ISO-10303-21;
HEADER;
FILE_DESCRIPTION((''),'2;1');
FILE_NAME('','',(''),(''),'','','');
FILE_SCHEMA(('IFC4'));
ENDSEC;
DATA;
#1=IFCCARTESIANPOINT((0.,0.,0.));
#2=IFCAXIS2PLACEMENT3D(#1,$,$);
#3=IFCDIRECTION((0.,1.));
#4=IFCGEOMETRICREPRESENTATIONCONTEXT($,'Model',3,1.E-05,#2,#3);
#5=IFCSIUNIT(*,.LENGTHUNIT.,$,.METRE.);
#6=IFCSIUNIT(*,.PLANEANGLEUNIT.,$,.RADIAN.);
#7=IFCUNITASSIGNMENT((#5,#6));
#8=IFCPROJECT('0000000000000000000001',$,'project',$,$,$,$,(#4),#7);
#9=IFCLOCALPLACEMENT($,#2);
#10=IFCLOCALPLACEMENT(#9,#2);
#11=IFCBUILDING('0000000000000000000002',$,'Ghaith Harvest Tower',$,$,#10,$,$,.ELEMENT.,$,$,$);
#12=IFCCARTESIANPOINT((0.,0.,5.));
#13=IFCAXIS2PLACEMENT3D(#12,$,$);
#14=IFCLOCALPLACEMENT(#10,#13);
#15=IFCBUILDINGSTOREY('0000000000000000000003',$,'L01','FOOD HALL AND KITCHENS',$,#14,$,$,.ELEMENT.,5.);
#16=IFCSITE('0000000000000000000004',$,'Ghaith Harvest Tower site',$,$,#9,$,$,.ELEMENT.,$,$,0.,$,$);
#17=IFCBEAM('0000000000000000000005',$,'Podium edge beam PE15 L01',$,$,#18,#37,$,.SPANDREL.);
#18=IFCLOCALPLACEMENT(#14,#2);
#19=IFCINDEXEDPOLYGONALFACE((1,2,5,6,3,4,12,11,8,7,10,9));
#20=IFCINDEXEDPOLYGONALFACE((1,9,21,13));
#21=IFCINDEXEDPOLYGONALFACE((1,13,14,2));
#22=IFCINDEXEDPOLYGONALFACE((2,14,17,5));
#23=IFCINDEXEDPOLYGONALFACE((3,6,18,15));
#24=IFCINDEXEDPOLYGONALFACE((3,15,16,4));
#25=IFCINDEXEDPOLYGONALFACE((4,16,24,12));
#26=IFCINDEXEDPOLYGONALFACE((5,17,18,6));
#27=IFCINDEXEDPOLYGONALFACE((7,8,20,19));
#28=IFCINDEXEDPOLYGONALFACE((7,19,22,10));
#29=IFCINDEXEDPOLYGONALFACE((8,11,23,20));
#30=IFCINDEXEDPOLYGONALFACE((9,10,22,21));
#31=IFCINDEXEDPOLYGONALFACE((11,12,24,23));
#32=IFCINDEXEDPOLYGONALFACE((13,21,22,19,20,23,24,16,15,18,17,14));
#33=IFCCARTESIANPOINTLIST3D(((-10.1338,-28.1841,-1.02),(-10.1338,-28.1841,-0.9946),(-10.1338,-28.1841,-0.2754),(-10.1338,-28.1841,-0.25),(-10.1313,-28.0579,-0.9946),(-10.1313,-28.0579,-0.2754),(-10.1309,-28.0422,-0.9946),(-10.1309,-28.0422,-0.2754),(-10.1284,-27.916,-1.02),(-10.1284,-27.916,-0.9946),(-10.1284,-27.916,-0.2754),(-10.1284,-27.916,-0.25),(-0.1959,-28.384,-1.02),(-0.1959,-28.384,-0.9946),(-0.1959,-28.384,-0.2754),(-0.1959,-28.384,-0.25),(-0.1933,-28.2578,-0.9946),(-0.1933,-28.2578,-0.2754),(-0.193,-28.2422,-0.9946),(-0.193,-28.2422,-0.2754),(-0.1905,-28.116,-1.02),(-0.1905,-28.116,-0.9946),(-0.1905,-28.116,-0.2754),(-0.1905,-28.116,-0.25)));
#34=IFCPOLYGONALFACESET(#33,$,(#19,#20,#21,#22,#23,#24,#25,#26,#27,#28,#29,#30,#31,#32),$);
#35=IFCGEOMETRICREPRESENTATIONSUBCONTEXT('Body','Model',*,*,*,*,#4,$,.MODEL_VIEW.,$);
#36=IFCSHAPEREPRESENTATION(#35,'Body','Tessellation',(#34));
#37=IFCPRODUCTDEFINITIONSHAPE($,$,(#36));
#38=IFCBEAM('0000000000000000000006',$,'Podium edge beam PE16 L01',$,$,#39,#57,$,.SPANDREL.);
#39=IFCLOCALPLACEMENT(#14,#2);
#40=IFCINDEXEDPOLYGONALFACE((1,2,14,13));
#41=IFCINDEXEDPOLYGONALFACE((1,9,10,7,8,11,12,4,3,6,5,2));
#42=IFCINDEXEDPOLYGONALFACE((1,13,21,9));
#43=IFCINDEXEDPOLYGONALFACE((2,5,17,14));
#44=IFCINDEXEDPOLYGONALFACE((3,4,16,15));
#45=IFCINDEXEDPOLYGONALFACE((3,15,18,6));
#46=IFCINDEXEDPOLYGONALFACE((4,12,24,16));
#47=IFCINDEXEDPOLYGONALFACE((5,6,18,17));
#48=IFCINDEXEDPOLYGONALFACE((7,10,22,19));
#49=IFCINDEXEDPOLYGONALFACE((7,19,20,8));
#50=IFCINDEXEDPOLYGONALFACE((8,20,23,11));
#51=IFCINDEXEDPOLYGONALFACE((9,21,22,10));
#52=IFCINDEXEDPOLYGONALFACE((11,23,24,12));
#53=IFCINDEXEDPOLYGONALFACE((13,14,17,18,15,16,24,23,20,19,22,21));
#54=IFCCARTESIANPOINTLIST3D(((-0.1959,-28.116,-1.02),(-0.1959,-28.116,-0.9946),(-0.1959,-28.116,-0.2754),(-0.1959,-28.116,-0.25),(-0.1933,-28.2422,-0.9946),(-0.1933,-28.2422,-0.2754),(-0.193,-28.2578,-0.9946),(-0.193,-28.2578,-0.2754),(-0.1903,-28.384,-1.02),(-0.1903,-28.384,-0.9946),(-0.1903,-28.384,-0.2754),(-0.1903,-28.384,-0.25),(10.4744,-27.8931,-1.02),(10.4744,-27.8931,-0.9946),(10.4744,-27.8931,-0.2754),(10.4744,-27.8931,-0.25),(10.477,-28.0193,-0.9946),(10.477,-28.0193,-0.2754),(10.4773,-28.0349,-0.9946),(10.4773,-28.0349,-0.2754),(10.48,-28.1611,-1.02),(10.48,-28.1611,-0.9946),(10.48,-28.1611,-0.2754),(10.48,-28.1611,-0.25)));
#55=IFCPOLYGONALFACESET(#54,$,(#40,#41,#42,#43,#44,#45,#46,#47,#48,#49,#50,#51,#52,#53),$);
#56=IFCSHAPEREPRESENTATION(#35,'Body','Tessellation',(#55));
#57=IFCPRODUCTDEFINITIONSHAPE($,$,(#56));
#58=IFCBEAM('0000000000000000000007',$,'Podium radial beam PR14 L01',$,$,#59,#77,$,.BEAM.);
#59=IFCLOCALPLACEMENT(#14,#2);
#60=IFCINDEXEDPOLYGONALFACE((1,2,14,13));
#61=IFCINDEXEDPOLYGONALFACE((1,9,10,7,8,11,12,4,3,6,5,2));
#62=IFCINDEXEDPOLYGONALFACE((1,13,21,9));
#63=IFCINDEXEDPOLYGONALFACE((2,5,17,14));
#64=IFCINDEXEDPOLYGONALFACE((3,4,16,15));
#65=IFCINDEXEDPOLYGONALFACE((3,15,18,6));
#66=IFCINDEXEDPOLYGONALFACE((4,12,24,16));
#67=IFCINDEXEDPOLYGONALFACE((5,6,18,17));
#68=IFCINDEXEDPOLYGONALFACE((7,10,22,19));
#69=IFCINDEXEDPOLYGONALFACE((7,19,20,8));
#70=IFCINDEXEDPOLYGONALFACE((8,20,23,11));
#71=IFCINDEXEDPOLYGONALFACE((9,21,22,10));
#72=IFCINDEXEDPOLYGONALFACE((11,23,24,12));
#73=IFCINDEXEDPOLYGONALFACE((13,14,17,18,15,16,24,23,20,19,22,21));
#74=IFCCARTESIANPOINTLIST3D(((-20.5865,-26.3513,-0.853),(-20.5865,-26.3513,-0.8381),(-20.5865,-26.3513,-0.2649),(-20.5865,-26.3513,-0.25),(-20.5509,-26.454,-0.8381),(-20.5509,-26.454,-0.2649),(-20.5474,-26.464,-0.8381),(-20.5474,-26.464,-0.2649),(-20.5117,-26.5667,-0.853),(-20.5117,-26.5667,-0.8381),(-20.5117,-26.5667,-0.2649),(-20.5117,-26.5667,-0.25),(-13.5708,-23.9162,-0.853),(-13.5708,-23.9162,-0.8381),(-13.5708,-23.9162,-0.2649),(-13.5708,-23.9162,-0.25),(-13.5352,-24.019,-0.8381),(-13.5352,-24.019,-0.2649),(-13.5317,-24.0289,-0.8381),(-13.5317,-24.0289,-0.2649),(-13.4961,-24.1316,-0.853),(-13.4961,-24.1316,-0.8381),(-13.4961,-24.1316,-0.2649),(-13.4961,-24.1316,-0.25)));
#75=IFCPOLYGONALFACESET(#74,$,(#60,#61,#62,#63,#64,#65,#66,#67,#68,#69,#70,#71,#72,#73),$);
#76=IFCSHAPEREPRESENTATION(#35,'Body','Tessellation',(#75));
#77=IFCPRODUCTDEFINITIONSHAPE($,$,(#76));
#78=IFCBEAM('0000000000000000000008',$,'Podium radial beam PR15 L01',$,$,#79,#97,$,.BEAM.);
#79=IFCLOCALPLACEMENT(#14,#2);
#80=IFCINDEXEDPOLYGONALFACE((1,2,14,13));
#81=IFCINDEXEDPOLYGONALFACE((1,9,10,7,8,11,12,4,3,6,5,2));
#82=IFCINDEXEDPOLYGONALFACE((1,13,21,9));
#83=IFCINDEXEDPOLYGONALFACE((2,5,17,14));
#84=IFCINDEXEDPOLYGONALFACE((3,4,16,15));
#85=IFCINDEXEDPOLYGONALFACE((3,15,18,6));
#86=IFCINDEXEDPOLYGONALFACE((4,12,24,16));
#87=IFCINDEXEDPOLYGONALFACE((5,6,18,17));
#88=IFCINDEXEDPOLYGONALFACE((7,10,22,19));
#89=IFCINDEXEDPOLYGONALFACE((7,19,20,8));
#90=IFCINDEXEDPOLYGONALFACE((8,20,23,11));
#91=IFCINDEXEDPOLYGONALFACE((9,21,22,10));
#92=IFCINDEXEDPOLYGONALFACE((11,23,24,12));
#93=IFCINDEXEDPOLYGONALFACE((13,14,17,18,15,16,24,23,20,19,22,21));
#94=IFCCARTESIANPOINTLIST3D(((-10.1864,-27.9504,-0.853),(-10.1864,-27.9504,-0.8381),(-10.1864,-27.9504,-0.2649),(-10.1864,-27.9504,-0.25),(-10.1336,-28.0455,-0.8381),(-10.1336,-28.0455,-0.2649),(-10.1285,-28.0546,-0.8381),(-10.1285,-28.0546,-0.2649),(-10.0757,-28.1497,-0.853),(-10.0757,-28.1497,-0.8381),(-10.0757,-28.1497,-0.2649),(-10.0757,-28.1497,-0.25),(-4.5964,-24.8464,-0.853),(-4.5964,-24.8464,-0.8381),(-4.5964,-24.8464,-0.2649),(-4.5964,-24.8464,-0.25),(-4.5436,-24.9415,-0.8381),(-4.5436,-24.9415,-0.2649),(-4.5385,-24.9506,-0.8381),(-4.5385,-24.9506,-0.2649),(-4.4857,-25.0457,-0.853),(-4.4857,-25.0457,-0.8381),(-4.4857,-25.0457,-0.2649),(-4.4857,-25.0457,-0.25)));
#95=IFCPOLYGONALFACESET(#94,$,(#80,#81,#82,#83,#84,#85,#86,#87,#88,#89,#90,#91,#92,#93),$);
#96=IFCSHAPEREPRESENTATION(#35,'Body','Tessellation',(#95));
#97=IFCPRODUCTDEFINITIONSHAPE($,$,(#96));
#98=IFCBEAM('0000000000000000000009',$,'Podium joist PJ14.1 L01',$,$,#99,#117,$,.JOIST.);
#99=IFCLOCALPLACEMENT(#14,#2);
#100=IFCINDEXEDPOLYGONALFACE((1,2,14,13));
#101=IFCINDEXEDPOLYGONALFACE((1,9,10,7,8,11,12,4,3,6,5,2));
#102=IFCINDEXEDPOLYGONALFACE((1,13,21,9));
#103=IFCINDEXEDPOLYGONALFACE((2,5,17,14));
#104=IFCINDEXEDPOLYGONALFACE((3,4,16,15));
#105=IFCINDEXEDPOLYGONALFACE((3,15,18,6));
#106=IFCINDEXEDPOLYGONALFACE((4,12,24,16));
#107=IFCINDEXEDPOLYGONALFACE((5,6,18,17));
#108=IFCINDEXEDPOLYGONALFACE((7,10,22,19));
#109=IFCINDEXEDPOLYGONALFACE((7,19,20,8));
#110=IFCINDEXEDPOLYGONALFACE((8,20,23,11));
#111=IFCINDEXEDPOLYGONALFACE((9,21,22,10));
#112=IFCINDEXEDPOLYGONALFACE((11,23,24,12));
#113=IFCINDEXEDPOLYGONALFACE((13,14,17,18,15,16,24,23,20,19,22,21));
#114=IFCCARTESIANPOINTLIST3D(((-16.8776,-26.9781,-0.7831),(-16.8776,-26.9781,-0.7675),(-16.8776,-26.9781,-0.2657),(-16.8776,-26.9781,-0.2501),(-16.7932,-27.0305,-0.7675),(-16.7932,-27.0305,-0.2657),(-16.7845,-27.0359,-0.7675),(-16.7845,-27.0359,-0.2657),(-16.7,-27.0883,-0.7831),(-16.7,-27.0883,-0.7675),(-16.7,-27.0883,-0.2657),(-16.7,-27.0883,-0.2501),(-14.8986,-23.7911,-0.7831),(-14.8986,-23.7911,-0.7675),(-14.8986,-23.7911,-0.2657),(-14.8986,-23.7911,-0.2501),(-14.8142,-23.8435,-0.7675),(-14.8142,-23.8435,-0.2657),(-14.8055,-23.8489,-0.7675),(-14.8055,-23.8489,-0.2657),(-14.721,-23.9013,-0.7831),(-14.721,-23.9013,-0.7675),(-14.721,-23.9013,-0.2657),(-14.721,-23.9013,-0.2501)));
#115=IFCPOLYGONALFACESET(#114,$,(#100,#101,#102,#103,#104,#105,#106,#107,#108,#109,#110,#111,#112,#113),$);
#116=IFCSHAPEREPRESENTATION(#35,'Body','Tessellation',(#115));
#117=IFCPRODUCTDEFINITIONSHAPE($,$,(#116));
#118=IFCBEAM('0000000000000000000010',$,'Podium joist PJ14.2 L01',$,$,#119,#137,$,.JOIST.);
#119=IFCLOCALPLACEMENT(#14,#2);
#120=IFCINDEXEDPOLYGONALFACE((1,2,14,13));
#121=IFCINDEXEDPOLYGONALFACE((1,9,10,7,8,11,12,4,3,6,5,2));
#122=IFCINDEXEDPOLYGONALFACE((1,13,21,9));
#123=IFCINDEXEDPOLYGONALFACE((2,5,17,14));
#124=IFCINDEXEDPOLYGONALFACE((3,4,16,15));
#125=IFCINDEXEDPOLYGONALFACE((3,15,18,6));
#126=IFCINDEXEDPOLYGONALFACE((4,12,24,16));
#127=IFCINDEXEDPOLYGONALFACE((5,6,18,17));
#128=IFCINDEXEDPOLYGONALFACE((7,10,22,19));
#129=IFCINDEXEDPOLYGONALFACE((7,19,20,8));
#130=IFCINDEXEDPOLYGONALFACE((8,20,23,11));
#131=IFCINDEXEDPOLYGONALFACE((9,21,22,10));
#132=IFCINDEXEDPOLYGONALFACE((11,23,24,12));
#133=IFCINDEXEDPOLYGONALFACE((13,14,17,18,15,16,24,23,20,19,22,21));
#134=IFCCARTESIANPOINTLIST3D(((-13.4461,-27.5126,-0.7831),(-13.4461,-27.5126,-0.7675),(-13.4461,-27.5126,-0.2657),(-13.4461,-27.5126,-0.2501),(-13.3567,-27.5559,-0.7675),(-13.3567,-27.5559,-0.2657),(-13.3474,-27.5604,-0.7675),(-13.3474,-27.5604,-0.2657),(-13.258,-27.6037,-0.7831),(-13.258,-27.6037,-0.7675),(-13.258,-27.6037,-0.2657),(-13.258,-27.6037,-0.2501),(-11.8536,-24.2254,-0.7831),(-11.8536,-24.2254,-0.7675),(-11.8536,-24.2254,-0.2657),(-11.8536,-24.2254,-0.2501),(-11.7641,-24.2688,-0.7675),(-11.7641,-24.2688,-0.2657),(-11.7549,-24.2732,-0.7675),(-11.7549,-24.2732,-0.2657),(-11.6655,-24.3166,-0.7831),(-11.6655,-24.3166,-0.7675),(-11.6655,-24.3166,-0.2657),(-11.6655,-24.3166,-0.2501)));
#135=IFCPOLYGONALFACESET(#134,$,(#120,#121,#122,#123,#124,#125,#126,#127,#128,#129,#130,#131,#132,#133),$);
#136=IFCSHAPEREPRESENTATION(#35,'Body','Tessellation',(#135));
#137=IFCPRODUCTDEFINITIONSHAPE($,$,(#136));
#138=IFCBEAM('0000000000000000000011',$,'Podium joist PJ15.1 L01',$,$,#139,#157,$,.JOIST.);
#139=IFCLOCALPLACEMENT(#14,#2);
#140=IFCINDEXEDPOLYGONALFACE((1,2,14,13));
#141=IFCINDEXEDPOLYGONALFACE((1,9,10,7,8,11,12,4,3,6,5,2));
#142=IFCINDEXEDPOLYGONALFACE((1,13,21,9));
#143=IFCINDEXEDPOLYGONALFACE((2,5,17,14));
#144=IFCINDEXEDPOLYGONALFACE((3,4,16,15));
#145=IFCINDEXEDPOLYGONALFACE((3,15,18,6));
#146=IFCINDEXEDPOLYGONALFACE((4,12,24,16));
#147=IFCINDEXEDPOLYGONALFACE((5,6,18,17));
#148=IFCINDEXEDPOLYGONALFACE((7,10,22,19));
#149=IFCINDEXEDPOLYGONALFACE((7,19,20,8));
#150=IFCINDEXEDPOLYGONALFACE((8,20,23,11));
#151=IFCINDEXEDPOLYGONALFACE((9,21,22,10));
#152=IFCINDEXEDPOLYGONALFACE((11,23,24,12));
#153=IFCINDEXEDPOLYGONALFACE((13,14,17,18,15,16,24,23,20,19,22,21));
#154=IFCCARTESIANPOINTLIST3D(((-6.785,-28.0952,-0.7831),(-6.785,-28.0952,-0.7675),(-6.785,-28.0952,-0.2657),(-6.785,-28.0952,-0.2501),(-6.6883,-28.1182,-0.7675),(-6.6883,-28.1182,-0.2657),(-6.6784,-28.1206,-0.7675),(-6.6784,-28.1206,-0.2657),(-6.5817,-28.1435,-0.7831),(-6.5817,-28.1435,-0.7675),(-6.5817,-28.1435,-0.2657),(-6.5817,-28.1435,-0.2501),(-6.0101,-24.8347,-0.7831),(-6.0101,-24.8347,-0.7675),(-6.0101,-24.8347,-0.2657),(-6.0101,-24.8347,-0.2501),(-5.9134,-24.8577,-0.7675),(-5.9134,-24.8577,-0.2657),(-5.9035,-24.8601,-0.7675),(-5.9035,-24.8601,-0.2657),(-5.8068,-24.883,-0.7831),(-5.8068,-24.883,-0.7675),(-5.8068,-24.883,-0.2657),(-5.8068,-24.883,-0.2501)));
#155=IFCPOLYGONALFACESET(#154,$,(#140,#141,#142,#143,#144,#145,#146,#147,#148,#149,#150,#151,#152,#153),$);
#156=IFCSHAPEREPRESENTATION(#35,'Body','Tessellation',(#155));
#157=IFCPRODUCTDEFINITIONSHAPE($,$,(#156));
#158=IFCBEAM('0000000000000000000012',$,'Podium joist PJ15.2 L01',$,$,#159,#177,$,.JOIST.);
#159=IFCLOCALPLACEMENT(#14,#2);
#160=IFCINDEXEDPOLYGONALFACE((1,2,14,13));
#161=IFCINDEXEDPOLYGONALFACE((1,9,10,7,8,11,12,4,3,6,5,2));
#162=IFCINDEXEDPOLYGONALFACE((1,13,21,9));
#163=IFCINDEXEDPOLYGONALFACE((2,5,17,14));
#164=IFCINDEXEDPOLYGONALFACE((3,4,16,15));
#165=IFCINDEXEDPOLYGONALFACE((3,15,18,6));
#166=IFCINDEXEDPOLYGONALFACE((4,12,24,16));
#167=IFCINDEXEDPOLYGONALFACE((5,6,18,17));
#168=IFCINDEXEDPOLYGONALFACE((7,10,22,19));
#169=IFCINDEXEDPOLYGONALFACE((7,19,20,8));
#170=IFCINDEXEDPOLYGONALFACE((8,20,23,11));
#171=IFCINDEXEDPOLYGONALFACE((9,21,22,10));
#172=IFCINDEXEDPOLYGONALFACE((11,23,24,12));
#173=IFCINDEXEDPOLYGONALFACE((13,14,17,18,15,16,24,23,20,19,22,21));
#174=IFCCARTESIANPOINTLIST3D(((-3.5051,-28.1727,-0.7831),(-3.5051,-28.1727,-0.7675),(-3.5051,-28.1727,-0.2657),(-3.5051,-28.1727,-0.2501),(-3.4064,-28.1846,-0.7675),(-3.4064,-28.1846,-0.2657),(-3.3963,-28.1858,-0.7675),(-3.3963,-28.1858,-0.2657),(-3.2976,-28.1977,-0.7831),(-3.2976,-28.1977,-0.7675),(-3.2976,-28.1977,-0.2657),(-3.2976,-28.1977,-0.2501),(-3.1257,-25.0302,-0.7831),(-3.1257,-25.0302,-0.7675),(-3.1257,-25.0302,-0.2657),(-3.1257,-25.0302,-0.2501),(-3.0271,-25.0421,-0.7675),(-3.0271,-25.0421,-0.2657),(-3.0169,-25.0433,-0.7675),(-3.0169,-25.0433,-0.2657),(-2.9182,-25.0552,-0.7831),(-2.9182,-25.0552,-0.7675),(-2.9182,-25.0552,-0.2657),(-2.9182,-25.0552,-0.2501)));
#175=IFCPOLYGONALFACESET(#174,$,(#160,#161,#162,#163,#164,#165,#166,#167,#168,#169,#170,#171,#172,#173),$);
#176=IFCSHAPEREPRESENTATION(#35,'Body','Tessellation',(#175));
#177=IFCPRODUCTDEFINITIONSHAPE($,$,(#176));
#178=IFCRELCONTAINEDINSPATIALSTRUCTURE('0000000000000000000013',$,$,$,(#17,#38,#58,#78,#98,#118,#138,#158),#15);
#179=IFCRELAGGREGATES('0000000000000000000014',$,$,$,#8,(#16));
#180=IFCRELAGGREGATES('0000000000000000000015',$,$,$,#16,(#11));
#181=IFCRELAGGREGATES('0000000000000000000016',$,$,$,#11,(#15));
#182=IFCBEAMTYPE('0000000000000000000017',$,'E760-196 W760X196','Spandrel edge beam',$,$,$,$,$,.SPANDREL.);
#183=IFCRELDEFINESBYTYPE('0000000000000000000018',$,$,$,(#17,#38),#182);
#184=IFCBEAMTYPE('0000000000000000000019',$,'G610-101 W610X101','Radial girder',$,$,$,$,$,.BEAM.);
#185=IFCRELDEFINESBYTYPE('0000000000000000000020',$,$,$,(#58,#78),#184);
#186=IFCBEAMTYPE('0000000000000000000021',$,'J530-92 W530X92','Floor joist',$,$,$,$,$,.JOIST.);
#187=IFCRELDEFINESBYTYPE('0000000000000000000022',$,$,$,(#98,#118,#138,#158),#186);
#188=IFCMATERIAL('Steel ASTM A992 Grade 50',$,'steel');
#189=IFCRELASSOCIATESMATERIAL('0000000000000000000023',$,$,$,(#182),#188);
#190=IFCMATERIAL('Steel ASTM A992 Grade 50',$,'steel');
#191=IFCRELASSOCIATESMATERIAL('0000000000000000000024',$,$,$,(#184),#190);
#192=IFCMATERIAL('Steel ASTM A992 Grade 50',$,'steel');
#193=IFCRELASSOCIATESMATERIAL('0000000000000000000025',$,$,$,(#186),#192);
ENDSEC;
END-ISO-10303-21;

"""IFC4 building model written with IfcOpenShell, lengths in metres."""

from ifc_helpers import new_model, si_unit, direction, frame, origin, origin_2d, place, context, subcontext, project, spatial, i_section, extrude, material, material_profile, profile_set, type_object, element, save


model = new_model("IFC4")

# Units and contexts
model_context = context("Model", 3, precision=1e-05, world=origin(), true_north=direction((0.0, 1.0)))
body_context = subcontext(model_context, "Body", "Model", "MODEL_VIEW")
ifc_project = project(units=[si_unit("LENGTHUNIT", "METRE"), si_unit("PLANEANGLEUNIT", "RADIAN")], contexts=[model_context])

# Site, building, storey
site_placement = place(None, origin())
site = spatial("IfcSite", under=ifc_project, at=site_placement, Name="Ghaith Harvest Tower site", CompositionType="ELEMENT", RefElevation=0.0)
building_placement = place(site_placement, origin())
building = spatial("IfcBuilding", under=site, at=building_placement, Name="Ghaith Harvest Tower", CompositionType="ELEMENT")
storey_placement = place(building_placement, frame((0.0, 0.0, 5.0)))
storey = spatial("IfcBuildingStorey", under=building, at=storey_placement, Name="L01", Description="FOOD HALL AND KITCHENS", CompositionType="ELEMENT", Elevation=5.0)

# Beams
ifc_material_1 = material(Name="Steel ASTM A992 Grade 50", Category="steel")
ifc_material_profile_1 = material_profile(ifc_material_1, i_section(OverallWidth=0.2681, OverallDepth=0.77, WebThickness=0.0156, FlangeThickness=0.0254, at=origin_2d()), Name="W760X196")
ifc_profile_set_1 = profile_set([ifc_material_profile_1], Name="Steel ASTM A992 Grade 50")
beam_type_1 = type_object("IfcBeamType", Name="E760-196 W760X196", Description="Spandrel edge beam", PredefinedType="SPANDREL", material=ifc_profile_set_1)
beam_1_placement = place(storey_placement, frame((-10.1311, -28.05, -0.635), z_axis=(0.999798, -0.020116, 0.0), x_axis=(0.020116, 0.999798, 0.0)))
element("IfcBeam", 1, at=beam_1_placement, inside=storey, type_object=beam_type_1, Name="Podium edge beam PE15 L01", PredefinedType="SPANDREL", context=body_context, shape_type="SweptSolid", body=[
    extrude(i_section(OverallWidth=0.2681, OverallDepth=0.77, WebThickness=0.0156, FlangeThickness=0.0254, at=origin_2d()), origin(), (0.0, 0.0, 1.0), 9.9399),
])
beam_2_placement = place(storey_placement, frame((-0.1931, -28.25, -0.635), z_axis=(0.999782, 0.020886, 0.0), x_axis=(-0.020886, 0.999782, 0.0)))
element("IfcBeam", 2, at=beam_2_placement, inside=storey, type_object=beam_type_1, Name="Podium edge beam PE16 L01", PredefinedType="SPANDREL", context=body_context, shape_type="SweptSolid", body=[
    extrude(i_section(OverallWidth=0.2681, OverallDepth=0.77, WebThickness=0.0156, FlangeThickness=0.0254, at=origin_2d()), origin(), (0.0, 0.0, 1.0), 10.6726),
])
ifc_material_2 = material(Name="Steel ASTM A992 Grade 50", Category="steel")
ifc_material_profile_2 = material_profile(ifc_material_2, i_section(OverallWidth=0.228, OverallDepth=0.603, WebThickness=0.0105, FlangeThickness=0.0149, at=origin_2d()), Name="W610X101")
ifc_profile_set_2 = profile_set([ifc_material_profile_2], Name="Steel ASTM A992 Grade 50")
beam_type_2 = type_object("IfcBeamType", Name="G610-101 W610X101", Description="Radial girder", PredefinedType="BEAM", material=ifc_profile_set_2)
beam_3_placement = place(storey_placement, frame((-13.5334, -24.0239, -0.5515), z_axis=(-0.944712, -0.327901, 0.0), x_axis=(0.327901, -0.944712, 0.0)))
element("IfcBeam", 3, at=beam_3_placement, inside=storey, type_object=beam_type_2, Name="Podium radial beam PR14 L01", PredefinedType="BEAM", context=body_context, shape_type="SweptSolid", body=[
    extrude(i_section(OverallWidth=0.228, OverallDepth=0.603, WebThickness=0.0105, FlangeThickness=0.0149, at=origin_2d()), origin(), (0.0, 0.0, 1.0), 7.4263),
])
beam_4_placement = place(storey_placement, frame((-4.541, -24.946, -0.5515), z_axis=(-0.874264, -0.485452, 0.0), x_axis=(0.485452, -0.874264, 0.0)))
element("IfcBeam", 4, at=beam_4_placement, inside=storey, type_object=beam_type_2, Name="Podium radial beam PR15 L01", PredefinedType="BEAM", context=body_context, shape_type="SweptSolid", body=[
    extrude(i_section(OverallWidth=0.228, OverallDepth=0.603, WebThickness=0.0105, FlangeThickness=0.0149, at=origin_2d()), origin(), (0.0, 0.0, 1.0), 6.394),
])
ifc_material_3 = material(Name="Steel ASTM A992 Grade 50", Category="steel")
ifc_material_profile_3 = material_profile(ifc_material_3, i_section(OverallWidth=0.209, OverallDepth=0.533, WebThickness=0.0103, FlangeThickness=0.0156, at=origin_2d()), Name="W530X92")
ifc_profile_set_3 = profile_set([ifc_material_profile_3], Name="Steel ASTM A992 Grade 50")
beam_type_3 = type_object("IfcBeamType", Name="J530-92 W530X92", Description="Floor joist", PredefinedType="JOIST", material=ifc_profile_set_3)
beam_5_placement = place(storey_placement, frame((-14.8098, -23.8462, -0.5166), z_axis=(-0.527528, -0.849538, 0.0), x_axis=(0.849538, -0.527528, 0.0)))
element("IfcBeam", 5, at=beam_5_placement, inside=storey, type_object=beam_type_3, Name="Podium joist PJ14.1 L01", PredefinedType="JOIST", context=body_context, shape_type="SweptSolid", body=[
    extrude(i_section(OverallWidth=0.209, OverallDepth=0.533, WebThickness=0.0103, FlangeThickness=0.0156, at=origin_2d()), origin(), (0.0, 0.0, 1.0), 3.7515),
])
beam_6_placement = place(storey_placement, frame((-11.7595, -24.271, -0.5166), z_axis=(-0.436003, -0.899945, 0.0), x_axis=(0.899945, -0.436003, 0.0)))
element("IfcBeam", 6, at=beam_6_placement, inside=storey, type_object=beam_type_3, Name="Podium joist PJ14.2 L01", PredefinedType="JOIST", context=body_context, shape_type="SweptSolid", body=[
    extrude(i_section(OverallWidth=0.209, OverallDepth=0.533, WebThickness=0.0103, FlangeThickness=0.0156, at=origin_2d()), origin(), (0.0, 0.0, 1.0), 3.6526),
])
beam_7_placement = place(storey_placement, frame((-5.9084, -24.8589, -0.5166), z_axis=(-0.231223, -0.972901, 0.0), x_axis=(0.972901, -0.231223, 0.0)))
element("IfcBeam", 7, at=beam_7_placement, inside=storey, type_object=beam_type_3, Name="Podium joist PJ15.1 L01", PredefinedType="JOIST", context=body_context, shape_type="SweptSolid", body=[
    extrude(i_section(OverallWidth=0.209, OverallDepth=0.533, WebThickness=0.0103, FlangeThickness=0.0156, at=origin_2d()), origin(), (0.0, 0.0, 1.0), 3.3513),
])
beam_8_placement = place(storey_placement, frame((-3.022, -25.0427, -0.5166), z_axis=(-0.119857, -0.992791, 0.0), x_axis=(0.992791, -0.119857, 0.0)))
element("IfcBeam", 8, at=beam_8_placement, inside=storey, type_object=beam_type_3, Name="Podium joist PJ15.2 L01", PredefinedType="JOIST", context=body_context, shape_type="SweptSolid", body=[
    extrude(i_section(OverallWidth=0.209, OverallDepth=0.533, WebThickness=0.0103, FlangeThickness=0.0156, at=origin_2d()), origin(), (0.0, 0.0, 1.0), 3.1653),
])

save(model, "model.ifc")
